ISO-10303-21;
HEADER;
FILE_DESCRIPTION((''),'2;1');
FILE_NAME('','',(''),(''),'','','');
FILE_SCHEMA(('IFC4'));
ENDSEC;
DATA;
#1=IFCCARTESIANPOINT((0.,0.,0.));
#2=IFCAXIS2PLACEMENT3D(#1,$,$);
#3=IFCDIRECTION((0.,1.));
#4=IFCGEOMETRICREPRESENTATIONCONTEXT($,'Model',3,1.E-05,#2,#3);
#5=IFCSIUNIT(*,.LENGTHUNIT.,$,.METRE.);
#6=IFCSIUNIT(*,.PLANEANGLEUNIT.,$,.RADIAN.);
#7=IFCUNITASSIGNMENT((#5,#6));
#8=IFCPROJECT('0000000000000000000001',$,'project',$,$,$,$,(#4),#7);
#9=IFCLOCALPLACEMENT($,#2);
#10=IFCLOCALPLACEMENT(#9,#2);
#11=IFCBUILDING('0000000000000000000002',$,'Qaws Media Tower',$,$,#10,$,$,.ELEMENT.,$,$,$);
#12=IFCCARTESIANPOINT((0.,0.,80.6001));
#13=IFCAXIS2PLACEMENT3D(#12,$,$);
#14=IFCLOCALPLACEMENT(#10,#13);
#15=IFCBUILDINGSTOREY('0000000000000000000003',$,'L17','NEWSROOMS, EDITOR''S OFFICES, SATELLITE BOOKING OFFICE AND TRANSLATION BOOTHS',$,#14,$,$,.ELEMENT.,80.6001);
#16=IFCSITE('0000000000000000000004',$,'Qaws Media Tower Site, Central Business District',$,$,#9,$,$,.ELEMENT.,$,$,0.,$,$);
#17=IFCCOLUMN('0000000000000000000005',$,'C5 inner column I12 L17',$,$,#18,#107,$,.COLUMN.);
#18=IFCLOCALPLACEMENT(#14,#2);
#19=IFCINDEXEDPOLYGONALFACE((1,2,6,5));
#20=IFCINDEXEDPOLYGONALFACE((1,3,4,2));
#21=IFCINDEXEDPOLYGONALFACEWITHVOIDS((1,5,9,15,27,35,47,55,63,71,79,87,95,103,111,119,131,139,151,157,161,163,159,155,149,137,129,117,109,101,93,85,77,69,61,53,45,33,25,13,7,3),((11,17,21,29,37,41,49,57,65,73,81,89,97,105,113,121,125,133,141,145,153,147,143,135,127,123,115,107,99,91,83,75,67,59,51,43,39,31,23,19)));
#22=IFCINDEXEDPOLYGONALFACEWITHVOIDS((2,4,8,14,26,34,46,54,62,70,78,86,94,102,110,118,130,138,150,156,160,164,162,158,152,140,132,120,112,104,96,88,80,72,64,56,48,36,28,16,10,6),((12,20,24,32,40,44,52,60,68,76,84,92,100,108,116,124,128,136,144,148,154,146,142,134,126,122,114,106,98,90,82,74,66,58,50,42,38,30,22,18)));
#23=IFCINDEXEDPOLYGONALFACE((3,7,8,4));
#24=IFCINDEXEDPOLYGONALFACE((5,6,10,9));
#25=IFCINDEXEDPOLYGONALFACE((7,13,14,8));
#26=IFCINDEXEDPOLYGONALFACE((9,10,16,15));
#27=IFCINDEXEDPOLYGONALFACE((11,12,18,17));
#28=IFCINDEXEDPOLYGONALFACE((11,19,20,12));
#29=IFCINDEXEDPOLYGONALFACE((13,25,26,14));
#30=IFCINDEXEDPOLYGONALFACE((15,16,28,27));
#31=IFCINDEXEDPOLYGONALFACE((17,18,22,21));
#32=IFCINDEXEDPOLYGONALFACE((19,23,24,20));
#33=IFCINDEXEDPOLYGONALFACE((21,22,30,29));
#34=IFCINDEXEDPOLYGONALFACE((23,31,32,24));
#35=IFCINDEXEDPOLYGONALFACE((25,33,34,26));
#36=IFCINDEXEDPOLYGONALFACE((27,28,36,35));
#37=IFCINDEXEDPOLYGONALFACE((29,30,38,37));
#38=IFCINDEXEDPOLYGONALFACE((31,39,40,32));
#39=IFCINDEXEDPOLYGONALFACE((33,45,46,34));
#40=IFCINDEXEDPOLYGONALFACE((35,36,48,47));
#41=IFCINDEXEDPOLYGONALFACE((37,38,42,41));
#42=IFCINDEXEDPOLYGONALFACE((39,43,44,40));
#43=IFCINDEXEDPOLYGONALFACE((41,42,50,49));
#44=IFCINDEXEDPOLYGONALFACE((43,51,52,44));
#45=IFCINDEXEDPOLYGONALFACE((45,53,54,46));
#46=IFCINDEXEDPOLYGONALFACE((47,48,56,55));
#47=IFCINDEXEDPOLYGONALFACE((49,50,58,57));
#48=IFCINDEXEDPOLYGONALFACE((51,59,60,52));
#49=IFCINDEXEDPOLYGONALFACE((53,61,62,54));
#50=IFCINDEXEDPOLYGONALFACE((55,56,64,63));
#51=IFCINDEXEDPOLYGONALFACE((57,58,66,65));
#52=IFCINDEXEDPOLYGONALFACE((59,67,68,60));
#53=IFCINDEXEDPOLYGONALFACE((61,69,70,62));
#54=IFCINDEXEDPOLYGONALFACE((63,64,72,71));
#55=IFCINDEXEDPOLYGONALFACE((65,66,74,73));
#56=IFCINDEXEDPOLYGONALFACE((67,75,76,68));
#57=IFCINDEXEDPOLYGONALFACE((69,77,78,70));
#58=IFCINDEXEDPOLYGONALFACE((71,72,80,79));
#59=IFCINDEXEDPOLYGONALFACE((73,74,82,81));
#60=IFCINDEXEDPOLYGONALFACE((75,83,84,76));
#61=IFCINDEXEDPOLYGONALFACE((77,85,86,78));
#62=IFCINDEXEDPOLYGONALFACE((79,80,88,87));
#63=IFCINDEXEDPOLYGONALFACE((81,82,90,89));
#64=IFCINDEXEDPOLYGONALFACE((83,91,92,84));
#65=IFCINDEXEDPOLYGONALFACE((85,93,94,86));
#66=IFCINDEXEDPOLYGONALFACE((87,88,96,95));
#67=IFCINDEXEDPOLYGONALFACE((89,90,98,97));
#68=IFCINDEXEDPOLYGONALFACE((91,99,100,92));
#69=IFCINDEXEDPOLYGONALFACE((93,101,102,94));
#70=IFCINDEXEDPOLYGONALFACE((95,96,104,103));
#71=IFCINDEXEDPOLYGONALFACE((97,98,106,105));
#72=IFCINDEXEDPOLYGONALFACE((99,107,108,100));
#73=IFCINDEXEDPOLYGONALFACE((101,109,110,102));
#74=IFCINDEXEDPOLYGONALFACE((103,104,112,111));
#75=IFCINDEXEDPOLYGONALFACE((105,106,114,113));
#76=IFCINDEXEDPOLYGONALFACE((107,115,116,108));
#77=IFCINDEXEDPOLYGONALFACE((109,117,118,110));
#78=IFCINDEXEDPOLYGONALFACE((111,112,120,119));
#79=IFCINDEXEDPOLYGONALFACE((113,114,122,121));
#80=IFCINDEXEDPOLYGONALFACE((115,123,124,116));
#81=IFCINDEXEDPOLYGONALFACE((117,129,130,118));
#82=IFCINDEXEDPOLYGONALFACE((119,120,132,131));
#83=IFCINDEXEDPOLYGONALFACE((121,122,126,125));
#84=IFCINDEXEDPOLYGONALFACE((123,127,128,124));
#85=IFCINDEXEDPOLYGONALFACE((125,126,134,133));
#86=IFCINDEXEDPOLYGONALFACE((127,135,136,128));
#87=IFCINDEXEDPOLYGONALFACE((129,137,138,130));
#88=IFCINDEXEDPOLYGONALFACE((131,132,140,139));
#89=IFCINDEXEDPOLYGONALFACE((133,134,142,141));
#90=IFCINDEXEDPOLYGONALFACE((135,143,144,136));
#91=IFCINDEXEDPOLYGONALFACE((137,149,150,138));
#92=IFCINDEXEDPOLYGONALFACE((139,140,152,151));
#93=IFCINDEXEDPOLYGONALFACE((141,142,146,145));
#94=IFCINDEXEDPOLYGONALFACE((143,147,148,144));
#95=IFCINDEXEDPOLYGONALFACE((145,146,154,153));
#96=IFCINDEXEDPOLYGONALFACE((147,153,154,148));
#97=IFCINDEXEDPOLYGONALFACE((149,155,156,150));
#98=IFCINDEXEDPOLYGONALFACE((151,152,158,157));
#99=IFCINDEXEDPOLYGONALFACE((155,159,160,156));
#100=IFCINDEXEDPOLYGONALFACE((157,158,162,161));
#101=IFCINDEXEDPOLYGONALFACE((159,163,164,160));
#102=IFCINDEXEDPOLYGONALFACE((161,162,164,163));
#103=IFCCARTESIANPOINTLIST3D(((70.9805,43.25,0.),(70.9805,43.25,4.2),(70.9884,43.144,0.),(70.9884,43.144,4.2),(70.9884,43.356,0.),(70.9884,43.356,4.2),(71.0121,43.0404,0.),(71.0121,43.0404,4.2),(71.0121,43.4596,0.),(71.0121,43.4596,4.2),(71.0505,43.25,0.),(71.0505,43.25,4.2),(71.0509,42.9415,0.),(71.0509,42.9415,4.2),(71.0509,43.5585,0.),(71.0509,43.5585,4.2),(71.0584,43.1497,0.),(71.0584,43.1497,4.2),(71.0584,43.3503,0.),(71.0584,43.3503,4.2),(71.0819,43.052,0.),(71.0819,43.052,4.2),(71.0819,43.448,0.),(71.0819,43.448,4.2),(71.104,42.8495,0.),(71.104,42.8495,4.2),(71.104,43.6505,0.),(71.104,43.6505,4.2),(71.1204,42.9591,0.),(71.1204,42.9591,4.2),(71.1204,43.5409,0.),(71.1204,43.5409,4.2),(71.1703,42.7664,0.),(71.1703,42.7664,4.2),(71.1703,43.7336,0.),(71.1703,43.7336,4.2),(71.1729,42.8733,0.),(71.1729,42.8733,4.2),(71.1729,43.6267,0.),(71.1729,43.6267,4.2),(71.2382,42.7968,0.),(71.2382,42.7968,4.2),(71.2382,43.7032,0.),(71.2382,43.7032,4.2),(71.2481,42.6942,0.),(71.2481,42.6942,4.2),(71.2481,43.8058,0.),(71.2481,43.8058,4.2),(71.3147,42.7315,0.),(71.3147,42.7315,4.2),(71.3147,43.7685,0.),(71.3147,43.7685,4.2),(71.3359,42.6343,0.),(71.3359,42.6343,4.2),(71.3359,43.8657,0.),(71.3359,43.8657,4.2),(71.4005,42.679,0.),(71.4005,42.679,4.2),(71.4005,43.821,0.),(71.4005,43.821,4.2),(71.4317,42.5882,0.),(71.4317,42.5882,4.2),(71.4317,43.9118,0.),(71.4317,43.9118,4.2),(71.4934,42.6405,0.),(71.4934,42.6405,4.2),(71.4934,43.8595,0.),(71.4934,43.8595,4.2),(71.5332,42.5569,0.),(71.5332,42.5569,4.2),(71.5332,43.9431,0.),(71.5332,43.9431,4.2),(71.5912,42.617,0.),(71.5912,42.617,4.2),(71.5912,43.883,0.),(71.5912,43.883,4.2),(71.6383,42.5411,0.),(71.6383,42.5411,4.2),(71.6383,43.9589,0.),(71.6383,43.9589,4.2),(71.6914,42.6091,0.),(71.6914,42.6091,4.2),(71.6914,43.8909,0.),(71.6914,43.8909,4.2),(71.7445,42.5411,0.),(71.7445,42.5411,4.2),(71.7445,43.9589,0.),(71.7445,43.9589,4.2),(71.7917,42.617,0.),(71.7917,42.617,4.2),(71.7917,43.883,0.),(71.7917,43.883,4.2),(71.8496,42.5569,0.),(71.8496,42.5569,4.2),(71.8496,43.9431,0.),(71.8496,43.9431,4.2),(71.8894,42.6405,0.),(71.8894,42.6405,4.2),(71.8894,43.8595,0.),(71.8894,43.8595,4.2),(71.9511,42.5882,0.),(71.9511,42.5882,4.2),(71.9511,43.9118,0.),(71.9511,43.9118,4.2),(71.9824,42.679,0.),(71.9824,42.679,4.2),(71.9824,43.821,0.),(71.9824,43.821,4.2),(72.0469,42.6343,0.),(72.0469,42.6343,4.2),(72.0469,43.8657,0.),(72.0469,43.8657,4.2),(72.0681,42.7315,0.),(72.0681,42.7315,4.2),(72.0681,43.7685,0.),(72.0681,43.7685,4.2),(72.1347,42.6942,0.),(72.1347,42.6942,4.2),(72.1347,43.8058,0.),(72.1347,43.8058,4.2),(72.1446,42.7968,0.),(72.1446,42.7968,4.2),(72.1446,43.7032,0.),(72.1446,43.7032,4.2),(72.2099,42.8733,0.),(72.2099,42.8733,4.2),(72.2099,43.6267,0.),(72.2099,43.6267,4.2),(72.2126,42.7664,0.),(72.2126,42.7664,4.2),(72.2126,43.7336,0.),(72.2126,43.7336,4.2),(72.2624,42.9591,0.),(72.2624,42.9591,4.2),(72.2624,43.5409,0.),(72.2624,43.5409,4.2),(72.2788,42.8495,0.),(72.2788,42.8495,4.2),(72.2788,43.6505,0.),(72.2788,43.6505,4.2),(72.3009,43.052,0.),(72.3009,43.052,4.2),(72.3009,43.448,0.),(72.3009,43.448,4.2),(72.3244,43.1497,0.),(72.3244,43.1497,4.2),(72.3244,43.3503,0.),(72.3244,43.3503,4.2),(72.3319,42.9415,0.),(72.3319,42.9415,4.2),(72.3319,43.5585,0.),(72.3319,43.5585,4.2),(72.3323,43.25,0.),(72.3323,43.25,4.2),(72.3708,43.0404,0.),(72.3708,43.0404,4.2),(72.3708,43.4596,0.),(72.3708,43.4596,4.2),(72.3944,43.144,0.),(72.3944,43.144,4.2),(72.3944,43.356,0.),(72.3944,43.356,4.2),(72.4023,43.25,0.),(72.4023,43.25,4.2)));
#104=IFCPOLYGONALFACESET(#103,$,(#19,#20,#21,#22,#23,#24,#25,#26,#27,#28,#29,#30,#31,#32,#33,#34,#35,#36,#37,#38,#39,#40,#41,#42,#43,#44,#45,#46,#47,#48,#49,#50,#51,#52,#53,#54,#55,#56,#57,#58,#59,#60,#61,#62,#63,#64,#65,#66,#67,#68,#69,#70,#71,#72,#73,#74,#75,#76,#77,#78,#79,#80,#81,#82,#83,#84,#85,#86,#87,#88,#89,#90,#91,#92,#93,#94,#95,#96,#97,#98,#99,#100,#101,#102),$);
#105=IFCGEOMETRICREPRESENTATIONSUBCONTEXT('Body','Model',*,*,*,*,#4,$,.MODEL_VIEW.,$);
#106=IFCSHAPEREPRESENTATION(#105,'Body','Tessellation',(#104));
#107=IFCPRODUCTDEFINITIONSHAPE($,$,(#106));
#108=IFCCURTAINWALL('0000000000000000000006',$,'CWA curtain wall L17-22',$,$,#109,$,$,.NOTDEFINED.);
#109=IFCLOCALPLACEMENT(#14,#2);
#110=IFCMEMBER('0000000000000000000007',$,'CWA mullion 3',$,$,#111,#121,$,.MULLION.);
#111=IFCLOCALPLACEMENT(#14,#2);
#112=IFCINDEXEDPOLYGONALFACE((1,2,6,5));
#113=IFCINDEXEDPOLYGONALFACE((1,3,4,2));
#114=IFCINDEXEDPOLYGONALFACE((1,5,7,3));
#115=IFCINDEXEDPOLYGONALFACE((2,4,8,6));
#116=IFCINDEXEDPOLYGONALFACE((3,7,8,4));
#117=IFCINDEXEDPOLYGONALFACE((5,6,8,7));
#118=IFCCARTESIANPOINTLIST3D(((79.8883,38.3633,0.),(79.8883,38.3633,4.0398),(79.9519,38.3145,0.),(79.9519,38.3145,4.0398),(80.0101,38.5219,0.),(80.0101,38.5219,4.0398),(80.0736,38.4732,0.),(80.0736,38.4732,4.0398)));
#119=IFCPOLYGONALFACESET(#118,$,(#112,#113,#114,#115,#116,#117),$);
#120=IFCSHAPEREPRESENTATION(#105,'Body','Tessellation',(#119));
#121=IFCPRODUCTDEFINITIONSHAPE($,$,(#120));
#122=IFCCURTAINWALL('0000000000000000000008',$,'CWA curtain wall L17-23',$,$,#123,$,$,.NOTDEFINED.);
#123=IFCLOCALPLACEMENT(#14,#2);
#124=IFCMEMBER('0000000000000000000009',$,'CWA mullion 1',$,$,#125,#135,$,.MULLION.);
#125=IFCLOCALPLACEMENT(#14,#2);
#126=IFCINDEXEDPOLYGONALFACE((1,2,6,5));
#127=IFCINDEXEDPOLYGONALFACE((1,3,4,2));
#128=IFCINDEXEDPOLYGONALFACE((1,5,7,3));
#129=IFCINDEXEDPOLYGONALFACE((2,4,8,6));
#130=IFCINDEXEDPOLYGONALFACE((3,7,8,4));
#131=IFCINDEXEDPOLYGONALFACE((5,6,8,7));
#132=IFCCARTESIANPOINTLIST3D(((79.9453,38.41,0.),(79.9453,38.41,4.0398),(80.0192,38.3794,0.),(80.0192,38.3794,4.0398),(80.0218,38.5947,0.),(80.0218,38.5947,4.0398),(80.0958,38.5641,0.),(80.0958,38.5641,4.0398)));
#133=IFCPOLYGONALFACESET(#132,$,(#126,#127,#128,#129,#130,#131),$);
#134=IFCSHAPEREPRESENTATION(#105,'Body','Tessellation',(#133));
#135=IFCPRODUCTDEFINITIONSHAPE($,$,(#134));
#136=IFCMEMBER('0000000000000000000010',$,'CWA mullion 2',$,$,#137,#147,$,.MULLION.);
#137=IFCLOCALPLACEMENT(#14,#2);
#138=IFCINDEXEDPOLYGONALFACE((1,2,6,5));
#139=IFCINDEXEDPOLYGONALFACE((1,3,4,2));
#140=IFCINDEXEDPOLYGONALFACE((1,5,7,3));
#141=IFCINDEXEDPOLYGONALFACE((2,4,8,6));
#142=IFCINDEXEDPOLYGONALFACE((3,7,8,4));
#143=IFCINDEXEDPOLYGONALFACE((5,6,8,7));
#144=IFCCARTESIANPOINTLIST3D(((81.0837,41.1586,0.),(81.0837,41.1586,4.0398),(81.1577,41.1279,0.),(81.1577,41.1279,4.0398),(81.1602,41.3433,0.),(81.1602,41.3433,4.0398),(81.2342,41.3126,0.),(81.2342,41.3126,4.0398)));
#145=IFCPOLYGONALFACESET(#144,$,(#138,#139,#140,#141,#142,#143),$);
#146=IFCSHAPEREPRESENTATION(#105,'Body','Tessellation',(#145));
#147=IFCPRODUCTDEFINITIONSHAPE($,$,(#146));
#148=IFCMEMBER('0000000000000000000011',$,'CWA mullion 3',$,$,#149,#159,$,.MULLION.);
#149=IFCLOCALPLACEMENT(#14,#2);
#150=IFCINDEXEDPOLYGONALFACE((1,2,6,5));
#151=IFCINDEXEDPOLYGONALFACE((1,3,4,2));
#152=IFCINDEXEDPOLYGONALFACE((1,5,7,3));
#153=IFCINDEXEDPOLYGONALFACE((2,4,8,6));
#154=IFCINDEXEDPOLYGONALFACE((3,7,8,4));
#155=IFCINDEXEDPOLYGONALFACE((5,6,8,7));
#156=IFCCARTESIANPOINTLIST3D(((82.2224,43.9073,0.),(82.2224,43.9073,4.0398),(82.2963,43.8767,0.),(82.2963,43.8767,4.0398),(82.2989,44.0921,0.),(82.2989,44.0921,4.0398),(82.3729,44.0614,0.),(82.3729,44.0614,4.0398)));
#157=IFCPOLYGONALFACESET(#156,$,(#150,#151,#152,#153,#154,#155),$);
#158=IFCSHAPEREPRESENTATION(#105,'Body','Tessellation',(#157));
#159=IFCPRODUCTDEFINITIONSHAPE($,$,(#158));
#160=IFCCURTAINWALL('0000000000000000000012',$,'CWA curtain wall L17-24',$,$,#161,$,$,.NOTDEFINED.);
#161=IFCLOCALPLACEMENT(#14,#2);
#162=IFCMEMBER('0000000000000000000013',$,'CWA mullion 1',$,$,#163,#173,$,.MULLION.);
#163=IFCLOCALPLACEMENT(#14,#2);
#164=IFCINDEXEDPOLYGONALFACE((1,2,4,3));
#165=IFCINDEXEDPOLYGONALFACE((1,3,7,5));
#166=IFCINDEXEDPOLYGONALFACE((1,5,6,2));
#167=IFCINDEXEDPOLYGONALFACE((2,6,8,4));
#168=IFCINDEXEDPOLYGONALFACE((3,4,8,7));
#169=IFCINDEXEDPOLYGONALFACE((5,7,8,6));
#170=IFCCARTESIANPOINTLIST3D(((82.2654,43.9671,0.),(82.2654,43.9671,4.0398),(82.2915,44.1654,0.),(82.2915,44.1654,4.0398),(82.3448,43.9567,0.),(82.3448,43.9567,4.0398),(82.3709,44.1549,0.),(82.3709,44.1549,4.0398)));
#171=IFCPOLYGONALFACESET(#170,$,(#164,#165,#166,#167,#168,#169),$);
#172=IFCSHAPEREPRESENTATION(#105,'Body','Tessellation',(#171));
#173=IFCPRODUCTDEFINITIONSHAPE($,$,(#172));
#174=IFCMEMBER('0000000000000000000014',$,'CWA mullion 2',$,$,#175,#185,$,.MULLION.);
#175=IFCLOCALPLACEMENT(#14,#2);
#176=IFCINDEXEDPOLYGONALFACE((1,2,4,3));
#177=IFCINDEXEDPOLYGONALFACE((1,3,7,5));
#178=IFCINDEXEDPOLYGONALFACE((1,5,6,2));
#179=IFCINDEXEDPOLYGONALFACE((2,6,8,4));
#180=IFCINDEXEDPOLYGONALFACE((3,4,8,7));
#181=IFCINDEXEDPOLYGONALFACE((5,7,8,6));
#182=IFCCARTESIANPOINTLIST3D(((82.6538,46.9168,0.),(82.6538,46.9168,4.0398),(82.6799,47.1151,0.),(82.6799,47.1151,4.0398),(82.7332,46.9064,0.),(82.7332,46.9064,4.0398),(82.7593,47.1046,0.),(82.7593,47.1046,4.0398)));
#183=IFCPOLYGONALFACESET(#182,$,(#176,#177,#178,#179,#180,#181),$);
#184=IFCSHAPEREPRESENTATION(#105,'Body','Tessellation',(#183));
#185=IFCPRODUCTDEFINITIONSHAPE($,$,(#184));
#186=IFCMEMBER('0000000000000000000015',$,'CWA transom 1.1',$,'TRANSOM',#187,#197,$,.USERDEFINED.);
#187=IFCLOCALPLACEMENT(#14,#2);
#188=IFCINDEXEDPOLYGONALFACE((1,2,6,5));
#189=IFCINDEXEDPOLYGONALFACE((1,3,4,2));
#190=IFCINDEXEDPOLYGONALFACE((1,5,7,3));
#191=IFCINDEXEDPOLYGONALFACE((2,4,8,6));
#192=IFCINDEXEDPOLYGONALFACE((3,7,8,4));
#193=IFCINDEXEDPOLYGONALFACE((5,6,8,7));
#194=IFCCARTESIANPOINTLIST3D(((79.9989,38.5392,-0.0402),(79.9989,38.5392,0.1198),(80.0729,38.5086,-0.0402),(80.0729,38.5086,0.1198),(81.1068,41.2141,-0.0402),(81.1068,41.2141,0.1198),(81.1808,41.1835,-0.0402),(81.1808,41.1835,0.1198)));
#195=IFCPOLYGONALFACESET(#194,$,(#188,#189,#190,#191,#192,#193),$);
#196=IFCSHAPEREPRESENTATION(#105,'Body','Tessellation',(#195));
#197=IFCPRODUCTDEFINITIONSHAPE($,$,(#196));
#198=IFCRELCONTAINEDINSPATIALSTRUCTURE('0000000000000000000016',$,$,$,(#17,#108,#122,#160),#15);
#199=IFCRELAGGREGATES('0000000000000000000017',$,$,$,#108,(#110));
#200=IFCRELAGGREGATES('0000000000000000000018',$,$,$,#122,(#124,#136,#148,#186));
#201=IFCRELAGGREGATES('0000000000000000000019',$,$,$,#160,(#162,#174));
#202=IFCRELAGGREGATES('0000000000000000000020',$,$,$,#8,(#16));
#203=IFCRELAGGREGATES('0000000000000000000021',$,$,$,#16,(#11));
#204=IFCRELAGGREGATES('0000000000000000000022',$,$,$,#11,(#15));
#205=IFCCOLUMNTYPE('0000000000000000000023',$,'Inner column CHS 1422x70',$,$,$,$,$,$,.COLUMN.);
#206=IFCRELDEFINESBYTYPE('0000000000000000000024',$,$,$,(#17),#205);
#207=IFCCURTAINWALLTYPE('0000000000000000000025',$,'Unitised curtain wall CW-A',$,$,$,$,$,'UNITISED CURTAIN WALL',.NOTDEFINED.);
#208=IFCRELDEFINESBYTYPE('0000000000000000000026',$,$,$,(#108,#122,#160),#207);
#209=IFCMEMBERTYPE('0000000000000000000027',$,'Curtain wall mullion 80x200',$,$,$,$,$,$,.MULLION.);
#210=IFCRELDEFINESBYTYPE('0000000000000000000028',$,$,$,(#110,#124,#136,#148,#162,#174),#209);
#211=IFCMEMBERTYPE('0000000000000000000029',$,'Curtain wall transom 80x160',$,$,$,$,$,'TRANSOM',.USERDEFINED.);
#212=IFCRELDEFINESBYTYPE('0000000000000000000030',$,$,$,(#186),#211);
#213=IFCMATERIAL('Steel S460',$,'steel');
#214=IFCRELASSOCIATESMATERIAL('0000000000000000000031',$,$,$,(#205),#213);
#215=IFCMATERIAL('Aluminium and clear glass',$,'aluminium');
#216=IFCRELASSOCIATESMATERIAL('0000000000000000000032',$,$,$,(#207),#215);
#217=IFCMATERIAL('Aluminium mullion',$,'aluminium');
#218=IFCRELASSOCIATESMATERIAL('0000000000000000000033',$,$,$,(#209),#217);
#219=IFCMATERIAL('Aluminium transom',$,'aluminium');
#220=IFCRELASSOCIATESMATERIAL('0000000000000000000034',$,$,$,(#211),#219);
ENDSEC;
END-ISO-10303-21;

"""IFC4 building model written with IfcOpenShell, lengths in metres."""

from ifc_helpers import new_model, si_unit, direction, frame, origin, origin_2d, place, context, subcontext, project, spatial, rectangle, hollow_circle, extrude, material, material_profile, profile_set, type_object, element, aggregate, save


model = new_model("IFC4")

# Units and contexts
model_context = context("Model", 3, precision=1e-05, world=origin(), true_north=direction((0.0, 1.0)))
body_context = subcontext(model_context, "Body", "Model", "MODEL_VIEW")
ifc_project = project(units=[si_unit("LENGTHUNIT", "METRE"), si_unit("PLANEANGLEUNIT", "RADIAN")], contexts=[model_context])

# Site, building, storey
site_placement = place(None, origin())
site = spatial("IfcSite", under=ifc_project, at=site_placement, Name="Qaws Media Tower Site, Central Business District", CompositionType="ELEMENT", RefElevation=0.0)
building_placement = place(site_placement, origin())
building = spatial("IfcBuilding", under=site, at=building_placement, Name="Qaws Media Tower", CompositionType="ELEMENT")
storey_placement = place(building_placement, frame((0.0, 0.0, 80.6001)))
storey = spatial("IfcBuildingStorey", under=building, at=storey_placement, Name="L17", Description="NEWSROOMS, EDITOR'S OFFICES, SATELLITE BOOKING OFFICE AND TRANSLATION BOOTHS", CompositionType="ELEMENT", Elevation=80.6001)

# Column
ifc_material_1 = material(Name="Steel S460", Category="steel")
ifc_material_profile_1 = material_profile(ifc_material_1, hollow_circle(Radius=0.7109, WallThickness=0.0701, at=origin_2d()), Name="CHS 1422x70")
ifc_profile_set_1 = profile_set([ifc_material_profile_1], Name="Steel S460")
column_type = type_object("IfcColumnType", Name="Inner column CHS 1422x70", PredefinedType="COLUMN", material=ifc_profile_set_1)
column_placement = place(storey_placement, frame((71.6914, 43.25, 0.0), z_axis=(0.0, 0.0, 1.0), x_axis=(1.0, 0.0, 0.0)))
element("IfcColumn", 1, at=column_placement, inside=storey, type_object=column_type, Name="C5 inner column I12 L17", PredefinedType="COLUMN", context=body_context, shape_type="SweptSolid", body=[
    extrude(hollow_circle(Radius=0.7109, WallThickness=0.0701, at=origin_2d()), origin(), (0.0, 0.0, 1.0), 4.2),
])

# Curtain wall, member
ifc_material_2 = material(Name="Aluminium and clear glass", Category="aluminium")
curtain_wall_type = type_object("IfcCurtainWallType", Name="Unitised curtain wall CW-A", ElementType="UNITISED CURTAIN WALL", PredefinedType="NOTDEFINED", material=ifc_material_2)
curtain_wall_1_placement = place(storey_placement, origin())
curtain_wall_1 = element("IfcCurtainWall", 2, at=curtain_wall_1_placement, inside=storey, type_object=curtain_wall_type, Name="CWA curtain wall L17-22", PredefinedType="NOTDEFINED")
ifc_material_3 = material(Name="Aluminium mullion", Category="aluminium")
ifc_material_profile_2 = material_profile(ifc_material_3, rectangle(XDim=0.0801, YDim=0.2, at=origin_2d()), Name="80x200")
ifc_profile_set_2 = profile_set([ifc_material_profile_2], Name="Aluminium mullion")
member_type_1 = type_object("IfcMemberType", Name="Curtain wall mullion 80x200", PredefinedType="MULLION", material=ifc_profile_set_2)
member_1_placement = place(storey_placement, frame((79.981, 38.4182, 0.0), z_axis=(0.0, 0.0, 1.0), x_axis=(-0.793353, 0.608761, 0.0)))
member_1 = element("IfcMember", 3, at=member_1_placement, type_object=member_type_1, Name="CWA mullion 3", PredefinedType="MULLION", context=body_context, shape_type="SweptSolid", body=[
    extrude(rectangle(XDim=0.0801, YDim=0.2, at=origin_2d()), origin(), (0.0, 0.0, 1.0), 4.0398),
])

# Curtain walls, members
curtain_wall_2_placement = place(storey_placement, origin())
curtain_wall_2 = element("IfcCurtainWall", 4, at=curtain_wall_2_placement, inside=storey, type_object=curtain_wall_type, Name="CWA curtain wall L17-23", PredefinedType="NOTDEFINED")
member_2_placement = place(storey_placement, frame((80.0205, 38.4871, 0.0), z_axis=(0.0, 0.0, 1.0), x_axis=(-0.92388, 0.382683, 0.0)))
member_2 = element("IfcMember", 5, at=member_2_placement, type_object=member_type_1, Name="CWA mullion 1", PredefinedType="MULLION", context=body_context, shape_type="SweptSolid", body=[
    extrude(rectangle(XDim=0.0801, YDim=0.2, at=origin_2d()), origin(), (0.0, 0.0, 1.0), 4.0398),
])
member_3_placement = place(storey_placement, frame((81.1589, 41.2356, 0.0), z_axis=(0.0, 0.0, 1.0), x_axis=(-0.92388, 0.382683, 0.0)))
member_3 = element("IfcMember", 6, at=member_3_placement, type_object=member_type_1, Name="CWA mullion 2", PredefinedType="MULLION", context=body_context, shape_type="SweptSolid", body=[
    extrude(rectangle(XDim=0.0801, YDim=0.2, at=origin_2d()), origin(), (0.0, 0.0, 1.0), 4.0398),
])
member_4_placement = place(storey_placement, frame((82.2976, 43.9844, 0.0), z_axis=(0.0, 0.0, 1.0), x_axis=(-0.92388, 0.382683, 0.0)))
member_4 = element("IfcMember", 7, at=member_4_placement, type_object=member_type_1, Name="CWA mullion 3", PredefinedType="MULLION", context=body_context, shape_type="SweptSolid", body=[
    extrude(rectangle(XDim=0.0801, YDim=0.2, at=origin_2d()), origin(), (0.0, 0.0, 1.0), 4.0398),
])
curtain_wall_3_placement = place(storey_placement, origin())
curtain_wall_3 = element("IfcCurtainWall", 8, at=curtain_wall_3_placement, inside=storey, type_object=curtain_wall_type, Name="CWA curtain wall L17-24", PredefinedType="NOTDEFINED")
member_5_placement = place(storey_placement, frame((82.3181, 44.061, 0.0), z_axis=(0.0, 0.0, 1.0), x_axis=(-0.991445, 0.130526, 0.0)))
member_5 = element("IfcMember", 9, at=member_5_placement, type_object=member_type_1, Name="CWA mullion 1", PredefinedType="MULLION", context=body_context, shape_type="SweptSolid", body=[
    extrude(rectangle(XDim=0.0801, YDim=0.2, at=origin_2d()), origin(), (0.0, 0.0, 1.0), 4.0398),
])
member_6_placement = place(storey_placement, frame((82.7065, 47.0107, 0.0), z_axis=(0.0, 0.0, 1.0), x_axis=(-0.991445, 0.130526, 0.0)))
member_6 = element("IfcMember", 10, at=member_6_placement, type_object=member_type_1, Name="CWA mullion 2", PredefinedType="MULLION", context=body_context, shape_type="SweptSolid", body=[
    extrude(rectangle(XDim=0.0801, YDim=0.2, at=origin_2d()), origin(), (0.0, 0.0, 1.0), 4.0398),
])

# Member
ifc_material_4 = material(Name="Aluminium transom", Category="aluminium")
ifc_material_profile_3 = material_profile(ifc_material_4, rectangle(XDim=0.0801, YDim=0.1599, at=origin_2d()), Name="80x160")
ifc_profile_set_3 = profile_set([ifc_material_profile_3], Name="Aluminium transom")
member_type_2 = type_object("IfcMemberType", Name="Curtain wall transom 80x160", ElementType="TRANSOM", PredefinedType="USERDEFINED", material=ifc_profile_set_3)
member_7_placement = place(storey_placement, frame((80.0359, 38.5239, 0.0398), z_axis=(0.382675, 0.923883, 0.0), x_axis=(-0.923883, 0.382675, 0.0)))
member_7 = element("IfcMember", 11, at=member_7_placement, type_object=member_type_2, Name="CWA transom 1.1", ObjectType="TRANSOM", PredefinedType="USERDEFINED", context=body_context, shape_type="SweptSolid", body=[
    extrude(rectangle(XDim=0.0801, YDim=0.1599, at=origin_2d()), origin(), (0.0, 0.0, 1.0), 2.8953),
])

aggregate(curtain_wall_1, [member_1])
aggregate(curtain_wall_2, [member_2, member_3, member_4, member_7])
aggregate(curtain_wall_3, [member_5, member_6])

save(model, "model.ifc")
